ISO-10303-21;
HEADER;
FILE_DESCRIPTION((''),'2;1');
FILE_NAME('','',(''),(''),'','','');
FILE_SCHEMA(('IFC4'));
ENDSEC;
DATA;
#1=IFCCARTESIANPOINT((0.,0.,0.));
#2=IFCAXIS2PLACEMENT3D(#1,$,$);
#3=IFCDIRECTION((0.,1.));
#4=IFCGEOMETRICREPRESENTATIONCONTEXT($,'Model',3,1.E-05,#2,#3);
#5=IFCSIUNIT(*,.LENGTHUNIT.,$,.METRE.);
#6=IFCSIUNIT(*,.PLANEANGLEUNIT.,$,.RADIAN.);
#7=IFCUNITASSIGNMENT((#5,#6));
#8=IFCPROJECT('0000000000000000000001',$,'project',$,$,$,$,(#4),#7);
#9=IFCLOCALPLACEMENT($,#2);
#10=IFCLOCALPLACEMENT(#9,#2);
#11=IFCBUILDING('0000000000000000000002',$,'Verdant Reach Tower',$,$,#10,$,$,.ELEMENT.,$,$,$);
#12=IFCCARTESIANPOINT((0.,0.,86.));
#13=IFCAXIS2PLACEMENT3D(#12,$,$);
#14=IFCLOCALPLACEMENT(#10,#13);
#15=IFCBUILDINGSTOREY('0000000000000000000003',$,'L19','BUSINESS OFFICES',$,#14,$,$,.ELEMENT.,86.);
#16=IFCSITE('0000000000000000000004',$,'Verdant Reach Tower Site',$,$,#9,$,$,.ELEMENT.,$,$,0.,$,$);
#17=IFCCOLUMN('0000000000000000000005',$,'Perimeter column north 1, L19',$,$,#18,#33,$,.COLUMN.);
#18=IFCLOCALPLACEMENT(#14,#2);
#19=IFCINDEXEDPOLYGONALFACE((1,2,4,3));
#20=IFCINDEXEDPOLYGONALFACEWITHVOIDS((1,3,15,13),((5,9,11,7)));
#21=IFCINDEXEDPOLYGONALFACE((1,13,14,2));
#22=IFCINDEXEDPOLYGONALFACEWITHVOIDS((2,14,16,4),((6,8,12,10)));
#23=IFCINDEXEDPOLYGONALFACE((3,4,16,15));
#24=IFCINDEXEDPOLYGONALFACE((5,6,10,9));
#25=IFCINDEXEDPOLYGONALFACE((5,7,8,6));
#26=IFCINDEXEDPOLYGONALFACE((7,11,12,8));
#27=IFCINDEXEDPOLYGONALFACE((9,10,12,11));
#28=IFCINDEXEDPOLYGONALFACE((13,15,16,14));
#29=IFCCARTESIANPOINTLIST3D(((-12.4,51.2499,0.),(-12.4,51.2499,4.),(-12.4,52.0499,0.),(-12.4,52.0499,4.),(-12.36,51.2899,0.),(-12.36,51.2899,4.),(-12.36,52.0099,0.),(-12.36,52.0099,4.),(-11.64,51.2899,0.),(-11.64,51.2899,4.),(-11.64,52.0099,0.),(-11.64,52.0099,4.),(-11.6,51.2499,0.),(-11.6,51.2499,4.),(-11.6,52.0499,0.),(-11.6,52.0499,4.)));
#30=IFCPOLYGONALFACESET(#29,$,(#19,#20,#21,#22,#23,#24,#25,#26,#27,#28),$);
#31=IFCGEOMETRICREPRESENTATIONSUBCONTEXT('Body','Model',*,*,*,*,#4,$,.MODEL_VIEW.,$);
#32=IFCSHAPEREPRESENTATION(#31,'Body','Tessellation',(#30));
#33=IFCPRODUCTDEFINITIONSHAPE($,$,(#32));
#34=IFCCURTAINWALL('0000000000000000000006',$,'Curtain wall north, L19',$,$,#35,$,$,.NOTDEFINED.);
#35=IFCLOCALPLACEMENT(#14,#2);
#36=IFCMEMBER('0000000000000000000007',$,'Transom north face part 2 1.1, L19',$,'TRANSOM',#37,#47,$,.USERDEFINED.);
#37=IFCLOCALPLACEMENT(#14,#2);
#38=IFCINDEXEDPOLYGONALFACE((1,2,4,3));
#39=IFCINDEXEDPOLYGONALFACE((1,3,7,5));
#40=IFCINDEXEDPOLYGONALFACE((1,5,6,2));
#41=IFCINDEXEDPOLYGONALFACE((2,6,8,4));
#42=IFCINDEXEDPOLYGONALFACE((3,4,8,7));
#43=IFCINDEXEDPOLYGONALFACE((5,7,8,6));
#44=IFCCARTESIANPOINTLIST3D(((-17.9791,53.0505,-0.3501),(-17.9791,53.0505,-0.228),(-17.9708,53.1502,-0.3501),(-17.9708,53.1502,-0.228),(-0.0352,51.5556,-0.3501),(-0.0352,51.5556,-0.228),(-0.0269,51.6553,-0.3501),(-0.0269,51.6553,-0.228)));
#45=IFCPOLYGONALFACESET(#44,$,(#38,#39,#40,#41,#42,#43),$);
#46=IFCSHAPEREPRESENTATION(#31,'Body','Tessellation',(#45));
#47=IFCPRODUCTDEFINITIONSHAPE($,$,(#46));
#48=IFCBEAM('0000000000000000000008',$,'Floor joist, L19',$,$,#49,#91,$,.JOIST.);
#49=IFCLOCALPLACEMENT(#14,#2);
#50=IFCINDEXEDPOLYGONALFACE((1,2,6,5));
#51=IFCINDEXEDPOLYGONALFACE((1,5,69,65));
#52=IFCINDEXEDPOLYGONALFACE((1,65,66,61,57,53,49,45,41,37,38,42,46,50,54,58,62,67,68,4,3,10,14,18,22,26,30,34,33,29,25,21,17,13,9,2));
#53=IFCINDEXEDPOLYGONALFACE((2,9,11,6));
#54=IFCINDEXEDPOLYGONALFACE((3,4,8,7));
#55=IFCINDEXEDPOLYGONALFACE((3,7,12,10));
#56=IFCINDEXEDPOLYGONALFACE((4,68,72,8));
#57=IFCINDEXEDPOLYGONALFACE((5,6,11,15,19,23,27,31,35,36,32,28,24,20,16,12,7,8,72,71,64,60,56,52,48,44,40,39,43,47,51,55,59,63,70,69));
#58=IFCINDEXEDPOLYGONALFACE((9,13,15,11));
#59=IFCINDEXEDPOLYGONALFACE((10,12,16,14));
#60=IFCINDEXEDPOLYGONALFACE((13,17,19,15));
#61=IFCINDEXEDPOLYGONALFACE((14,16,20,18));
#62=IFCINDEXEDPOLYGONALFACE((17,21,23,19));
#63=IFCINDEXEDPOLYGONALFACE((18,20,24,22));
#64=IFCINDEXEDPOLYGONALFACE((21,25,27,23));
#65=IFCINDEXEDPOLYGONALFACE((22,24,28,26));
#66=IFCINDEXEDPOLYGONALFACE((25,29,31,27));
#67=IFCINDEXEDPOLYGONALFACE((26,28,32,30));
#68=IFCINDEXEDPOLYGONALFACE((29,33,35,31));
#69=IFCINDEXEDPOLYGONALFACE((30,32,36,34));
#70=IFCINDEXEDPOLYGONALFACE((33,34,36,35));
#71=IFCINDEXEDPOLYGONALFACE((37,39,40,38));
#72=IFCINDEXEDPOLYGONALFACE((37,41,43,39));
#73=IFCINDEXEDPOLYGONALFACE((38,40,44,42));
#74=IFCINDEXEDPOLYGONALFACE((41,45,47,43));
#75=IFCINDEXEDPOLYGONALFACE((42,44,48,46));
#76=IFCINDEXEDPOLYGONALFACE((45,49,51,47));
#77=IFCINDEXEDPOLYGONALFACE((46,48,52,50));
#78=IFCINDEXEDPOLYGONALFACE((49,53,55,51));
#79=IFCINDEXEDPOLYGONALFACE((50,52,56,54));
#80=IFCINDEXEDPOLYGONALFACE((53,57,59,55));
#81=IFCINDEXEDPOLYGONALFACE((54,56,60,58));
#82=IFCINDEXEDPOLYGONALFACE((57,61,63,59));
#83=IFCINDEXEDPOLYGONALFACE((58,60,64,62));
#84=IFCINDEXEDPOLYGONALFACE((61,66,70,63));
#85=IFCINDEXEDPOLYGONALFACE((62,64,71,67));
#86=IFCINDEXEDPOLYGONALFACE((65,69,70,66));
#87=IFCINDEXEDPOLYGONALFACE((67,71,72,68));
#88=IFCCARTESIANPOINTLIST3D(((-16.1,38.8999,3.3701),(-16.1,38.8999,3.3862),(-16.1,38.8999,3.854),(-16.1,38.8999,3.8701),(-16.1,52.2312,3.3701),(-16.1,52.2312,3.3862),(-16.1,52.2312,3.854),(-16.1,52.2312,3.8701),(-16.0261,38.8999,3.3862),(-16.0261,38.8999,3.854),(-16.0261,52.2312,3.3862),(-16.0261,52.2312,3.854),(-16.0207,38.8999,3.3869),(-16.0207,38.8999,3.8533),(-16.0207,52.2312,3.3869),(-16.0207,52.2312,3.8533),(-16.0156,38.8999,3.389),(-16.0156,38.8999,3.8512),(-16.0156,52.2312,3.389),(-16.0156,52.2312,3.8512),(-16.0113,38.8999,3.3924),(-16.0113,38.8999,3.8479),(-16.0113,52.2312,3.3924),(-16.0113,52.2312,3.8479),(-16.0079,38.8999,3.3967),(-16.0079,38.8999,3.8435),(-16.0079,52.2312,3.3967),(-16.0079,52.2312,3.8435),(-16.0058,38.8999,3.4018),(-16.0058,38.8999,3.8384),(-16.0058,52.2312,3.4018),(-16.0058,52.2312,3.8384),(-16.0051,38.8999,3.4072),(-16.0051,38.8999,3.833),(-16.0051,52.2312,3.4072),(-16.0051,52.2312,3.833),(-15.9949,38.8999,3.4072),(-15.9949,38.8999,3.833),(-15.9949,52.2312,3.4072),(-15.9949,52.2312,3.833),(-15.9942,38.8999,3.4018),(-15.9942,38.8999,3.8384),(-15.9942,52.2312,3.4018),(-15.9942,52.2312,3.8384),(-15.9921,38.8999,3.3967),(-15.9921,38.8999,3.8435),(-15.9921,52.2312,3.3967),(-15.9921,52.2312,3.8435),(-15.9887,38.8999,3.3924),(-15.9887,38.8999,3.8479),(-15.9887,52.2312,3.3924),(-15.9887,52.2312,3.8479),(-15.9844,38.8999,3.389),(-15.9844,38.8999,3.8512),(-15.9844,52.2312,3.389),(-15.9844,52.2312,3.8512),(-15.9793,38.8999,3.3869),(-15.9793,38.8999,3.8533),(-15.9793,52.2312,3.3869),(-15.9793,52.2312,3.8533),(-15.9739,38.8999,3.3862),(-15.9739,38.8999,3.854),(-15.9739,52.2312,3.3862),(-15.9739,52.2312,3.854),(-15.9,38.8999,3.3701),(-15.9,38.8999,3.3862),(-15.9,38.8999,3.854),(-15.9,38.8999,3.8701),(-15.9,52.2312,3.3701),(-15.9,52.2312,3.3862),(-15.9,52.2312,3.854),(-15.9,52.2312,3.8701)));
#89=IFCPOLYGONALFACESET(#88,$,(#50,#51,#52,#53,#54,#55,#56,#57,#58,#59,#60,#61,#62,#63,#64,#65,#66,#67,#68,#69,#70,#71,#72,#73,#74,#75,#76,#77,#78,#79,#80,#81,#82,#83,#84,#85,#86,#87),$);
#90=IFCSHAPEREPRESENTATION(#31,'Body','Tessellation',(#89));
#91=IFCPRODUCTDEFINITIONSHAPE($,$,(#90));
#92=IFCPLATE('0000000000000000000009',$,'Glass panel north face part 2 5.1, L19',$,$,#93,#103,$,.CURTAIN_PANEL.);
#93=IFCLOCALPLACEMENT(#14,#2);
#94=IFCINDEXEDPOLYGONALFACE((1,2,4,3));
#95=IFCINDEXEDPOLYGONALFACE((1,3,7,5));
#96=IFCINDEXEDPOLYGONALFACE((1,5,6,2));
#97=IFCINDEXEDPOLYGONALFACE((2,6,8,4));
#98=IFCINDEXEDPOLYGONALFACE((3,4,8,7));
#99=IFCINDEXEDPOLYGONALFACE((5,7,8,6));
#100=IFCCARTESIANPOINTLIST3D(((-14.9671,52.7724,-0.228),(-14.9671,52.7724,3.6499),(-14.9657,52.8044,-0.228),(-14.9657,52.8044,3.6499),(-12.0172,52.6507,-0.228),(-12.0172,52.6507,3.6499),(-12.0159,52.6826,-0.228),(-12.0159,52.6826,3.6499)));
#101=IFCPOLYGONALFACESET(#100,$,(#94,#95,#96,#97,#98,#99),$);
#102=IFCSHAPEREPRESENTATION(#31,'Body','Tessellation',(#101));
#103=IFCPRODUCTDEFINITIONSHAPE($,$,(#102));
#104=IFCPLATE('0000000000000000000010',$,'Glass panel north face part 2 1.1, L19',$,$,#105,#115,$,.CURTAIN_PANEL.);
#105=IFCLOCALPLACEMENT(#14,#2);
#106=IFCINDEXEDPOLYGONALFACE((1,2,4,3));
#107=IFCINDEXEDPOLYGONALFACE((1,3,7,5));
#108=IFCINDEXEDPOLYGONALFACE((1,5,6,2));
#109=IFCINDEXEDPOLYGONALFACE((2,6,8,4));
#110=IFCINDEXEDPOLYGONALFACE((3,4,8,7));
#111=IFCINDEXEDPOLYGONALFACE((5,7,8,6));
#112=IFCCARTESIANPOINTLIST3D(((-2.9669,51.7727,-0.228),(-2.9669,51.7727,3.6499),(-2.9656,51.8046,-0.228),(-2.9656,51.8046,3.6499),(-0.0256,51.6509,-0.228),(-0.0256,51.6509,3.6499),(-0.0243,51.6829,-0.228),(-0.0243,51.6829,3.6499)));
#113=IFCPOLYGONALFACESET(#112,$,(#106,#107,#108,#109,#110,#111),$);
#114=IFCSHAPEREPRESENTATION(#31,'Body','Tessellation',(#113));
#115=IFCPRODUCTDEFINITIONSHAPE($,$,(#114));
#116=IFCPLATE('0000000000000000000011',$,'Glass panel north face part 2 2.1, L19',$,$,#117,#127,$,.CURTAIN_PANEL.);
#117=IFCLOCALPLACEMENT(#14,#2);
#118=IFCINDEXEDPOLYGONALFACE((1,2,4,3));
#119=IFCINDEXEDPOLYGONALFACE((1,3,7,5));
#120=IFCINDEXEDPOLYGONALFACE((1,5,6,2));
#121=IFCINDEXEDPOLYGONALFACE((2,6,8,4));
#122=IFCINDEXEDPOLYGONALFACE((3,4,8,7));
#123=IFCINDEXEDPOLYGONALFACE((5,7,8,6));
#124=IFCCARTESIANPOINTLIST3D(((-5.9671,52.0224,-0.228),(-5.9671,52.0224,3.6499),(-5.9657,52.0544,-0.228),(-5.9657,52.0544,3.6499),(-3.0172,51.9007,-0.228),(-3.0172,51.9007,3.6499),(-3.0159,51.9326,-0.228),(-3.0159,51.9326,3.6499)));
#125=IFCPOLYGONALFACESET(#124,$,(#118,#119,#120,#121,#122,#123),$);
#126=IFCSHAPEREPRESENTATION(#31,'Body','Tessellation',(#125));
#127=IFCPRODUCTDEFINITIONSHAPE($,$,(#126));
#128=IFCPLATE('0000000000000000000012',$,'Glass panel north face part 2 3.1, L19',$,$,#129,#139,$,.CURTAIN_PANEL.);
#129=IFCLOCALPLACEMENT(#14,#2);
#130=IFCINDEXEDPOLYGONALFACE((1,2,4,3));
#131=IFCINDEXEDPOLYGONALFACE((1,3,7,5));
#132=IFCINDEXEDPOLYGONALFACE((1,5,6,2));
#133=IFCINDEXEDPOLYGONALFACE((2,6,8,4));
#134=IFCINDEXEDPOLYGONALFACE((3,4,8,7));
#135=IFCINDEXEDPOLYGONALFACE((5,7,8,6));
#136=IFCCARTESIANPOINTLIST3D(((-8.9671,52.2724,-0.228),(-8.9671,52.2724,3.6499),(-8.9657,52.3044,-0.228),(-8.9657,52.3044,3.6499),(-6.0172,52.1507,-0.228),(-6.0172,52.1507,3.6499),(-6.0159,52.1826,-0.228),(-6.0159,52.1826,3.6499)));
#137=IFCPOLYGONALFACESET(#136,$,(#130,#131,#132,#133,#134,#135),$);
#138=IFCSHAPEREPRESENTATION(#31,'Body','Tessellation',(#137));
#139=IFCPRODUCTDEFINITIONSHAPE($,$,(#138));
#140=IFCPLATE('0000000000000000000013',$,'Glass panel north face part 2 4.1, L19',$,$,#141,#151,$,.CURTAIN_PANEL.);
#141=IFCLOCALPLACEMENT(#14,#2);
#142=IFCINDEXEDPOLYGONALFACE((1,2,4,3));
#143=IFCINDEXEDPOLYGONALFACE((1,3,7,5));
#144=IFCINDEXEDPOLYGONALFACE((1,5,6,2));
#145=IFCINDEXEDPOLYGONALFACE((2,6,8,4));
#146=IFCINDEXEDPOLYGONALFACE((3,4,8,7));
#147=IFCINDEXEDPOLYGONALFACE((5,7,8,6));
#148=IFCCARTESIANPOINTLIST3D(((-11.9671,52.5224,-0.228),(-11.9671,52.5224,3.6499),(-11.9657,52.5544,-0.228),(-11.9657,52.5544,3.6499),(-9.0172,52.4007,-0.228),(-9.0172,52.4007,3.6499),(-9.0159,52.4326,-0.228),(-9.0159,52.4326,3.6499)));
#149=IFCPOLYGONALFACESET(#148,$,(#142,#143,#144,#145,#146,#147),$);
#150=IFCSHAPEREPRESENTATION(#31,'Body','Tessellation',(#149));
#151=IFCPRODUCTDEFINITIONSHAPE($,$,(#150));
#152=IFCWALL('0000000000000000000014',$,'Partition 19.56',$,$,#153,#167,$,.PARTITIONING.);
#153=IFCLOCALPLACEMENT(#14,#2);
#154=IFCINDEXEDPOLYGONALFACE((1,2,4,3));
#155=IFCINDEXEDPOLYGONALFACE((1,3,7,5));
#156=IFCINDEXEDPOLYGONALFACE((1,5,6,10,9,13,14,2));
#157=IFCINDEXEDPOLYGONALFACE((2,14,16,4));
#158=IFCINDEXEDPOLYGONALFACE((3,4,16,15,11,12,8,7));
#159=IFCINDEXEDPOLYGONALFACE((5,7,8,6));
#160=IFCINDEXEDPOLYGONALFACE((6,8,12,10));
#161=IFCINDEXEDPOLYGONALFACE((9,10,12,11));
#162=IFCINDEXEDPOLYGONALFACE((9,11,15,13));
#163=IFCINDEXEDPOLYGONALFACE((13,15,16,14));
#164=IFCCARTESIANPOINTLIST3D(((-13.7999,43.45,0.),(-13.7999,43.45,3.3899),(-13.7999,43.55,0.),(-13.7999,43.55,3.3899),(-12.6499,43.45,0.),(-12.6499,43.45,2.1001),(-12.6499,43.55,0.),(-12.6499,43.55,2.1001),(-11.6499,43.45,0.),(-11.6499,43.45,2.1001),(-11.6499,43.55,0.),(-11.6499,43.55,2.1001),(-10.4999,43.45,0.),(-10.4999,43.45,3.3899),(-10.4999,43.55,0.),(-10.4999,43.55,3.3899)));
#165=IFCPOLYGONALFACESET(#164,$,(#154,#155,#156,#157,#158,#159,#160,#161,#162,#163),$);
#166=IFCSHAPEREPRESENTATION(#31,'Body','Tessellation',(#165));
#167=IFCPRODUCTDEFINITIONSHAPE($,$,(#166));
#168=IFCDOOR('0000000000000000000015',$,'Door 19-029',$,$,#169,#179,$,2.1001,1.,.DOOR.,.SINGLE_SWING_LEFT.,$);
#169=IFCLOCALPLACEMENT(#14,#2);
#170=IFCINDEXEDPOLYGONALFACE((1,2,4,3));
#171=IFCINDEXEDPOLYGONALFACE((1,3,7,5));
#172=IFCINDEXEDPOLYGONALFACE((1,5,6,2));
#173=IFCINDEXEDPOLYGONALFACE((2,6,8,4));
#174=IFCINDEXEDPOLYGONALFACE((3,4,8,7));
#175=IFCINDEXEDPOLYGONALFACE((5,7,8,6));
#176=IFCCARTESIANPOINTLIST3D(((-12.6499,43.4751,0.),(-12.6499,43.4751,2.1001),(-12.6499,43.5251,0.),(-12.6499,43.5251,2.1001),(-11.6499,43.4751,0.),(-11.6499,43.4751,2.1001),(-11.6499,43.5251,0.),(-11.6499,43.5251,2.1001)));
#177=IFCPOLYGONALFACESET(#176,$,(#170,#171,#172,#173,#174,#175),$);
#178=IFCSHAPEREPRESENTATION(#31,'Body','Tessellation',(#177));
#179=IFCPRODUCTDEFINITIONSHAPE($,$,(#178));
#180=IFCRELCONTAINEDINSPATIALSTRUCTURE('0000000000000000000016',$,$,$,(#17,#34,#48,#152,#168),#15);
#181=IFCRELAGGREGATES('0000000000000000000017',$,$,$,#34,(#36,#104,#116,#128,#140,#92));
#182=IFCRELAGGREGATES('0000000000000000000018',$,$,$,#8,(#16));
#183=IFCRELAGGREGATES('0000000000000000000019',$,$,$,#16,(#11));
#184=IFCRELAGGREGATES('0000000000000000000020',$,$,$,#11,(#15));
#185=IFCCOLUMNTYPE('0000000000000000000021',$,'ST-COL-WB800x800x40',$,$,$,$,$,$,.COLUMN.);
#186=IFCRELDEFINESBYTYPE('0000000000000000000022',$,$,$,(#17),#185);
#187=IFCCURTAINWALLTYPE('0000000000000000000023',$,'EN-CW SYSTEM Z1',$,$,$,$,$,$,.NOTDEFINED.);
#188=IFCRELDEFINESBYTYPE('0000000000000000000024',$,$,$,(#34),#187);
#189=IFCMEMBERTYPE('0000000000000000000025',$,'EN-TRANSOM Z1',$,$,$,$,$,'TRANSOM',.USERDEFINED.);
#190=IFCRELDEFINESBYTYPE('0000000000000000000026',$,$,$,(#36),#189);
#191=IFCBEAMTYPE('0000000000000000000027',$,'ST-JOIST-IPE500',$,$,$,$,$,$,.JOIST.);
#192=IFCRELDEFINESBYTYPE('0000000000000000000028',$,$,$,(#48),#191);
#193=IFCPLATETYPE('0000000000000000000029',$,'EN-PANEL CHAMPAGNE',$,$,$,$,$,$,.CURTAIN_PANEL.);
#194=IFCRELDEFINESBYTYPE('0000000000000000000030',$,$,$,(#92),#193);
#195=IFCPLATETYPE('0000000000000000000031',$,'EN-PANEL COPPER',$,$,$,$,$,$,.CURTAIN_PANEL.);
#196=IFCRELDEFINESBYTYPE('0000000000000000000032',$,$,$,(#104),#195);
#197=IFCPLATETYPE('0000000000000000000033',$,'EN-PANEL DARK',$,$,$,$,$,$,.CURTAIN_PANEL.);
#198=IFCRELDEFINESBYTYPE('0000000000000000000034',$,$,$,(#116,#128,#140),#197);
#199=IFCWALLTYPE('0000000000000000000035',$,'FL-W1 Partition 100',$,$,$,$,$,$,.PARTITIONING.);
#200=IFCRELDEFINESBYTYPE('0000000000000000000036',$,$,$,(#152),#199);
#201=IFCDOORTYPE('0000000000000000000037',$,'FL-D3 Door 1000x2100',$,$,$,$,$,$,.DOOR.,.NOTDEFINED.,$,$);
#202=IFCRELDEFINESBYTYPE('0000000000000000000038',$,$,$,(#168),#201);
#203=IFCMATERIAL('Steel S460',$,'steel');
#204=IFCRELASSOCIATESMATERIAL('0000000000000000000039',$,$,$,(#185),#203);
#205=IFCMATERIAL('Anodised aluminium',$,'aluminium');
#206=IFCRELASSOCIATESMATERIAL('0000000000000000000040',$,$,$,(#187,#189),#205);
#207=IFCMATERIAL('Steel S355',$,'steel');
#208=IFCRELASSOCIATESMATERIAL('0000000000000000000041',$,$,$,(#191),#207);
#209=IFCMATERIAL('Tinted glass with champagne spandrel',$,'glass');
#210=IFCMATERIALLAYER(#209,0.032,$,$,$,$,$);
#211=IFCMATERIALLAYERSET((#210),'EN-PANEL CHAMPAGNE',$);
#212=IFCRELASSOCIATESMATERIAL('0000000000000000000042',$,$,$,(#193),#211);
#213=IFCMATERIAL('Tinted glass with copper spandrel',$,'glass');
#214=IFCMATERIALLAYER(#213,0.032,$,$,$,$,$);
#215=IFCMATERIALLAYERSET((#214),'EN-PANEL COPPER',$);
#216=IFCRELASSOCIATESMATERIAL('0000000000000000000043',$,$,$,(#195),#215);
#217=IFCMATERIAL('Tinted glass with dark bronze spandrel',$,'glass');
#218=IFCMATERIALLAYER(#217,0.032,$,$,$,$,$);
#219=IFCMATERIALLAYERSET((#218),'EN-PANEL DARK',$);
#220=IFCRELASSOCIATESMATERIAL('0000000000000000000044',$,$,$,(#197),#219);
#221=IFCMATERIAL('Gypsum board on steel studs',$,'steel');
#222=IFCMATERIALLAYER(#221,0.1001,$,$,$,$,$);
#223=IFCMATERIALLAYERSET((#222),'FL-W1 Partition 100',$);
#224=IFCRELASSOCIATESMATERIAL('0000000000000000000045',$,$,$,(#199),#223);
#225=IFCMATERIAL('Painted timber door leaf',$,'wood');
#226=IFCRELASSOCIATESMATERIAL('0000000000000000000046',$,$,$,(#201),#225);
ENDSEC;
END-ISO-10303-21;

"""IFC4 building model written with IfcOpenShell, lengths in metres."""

from ifc_helpers import new_model, si_unit, direction, frame, frame_2d, origin, origin_2d, place, context, subcontext, project, spatial, rectangle, hollow_rectangle, i_section, extrude, material, layer, layer_set, material_profile, profile_set, type_object, element, fill, aggregate, save


model = new_model("IFC4")

# Units and contexts
model_context = context("Model", 3, precision=1e-05, world=origin(), true_north=direction((0.0, 1.0)))
body_context = subcontext(model_context, "Body", "Model", "MODEL_VIEW")
ifc_project = project(units=[si_unit("LENGTHUNIT", "METRE"), si_unit("PLANEANGLEUNIT", "RADIAN")], contexts=[model_context])

# Site, building, storey
site_placement = place(None, origin())
site = spatial("IfcSite", under=ifc_project, at=site_placement, Name="Verdant Reach Tower Site", CompositionType="ELEMENT", RefElevation=0.0)
building_placement = place(site_placement, origin())
building = spatial("IfcBuilding", under=site, at=building_placement, Name="Verdant Reach Tower", CompositionType="ELEMENT")
storey_placement = place(building_placement, frame((0.0, 0.0, 86.0)))
storey = spatial("IfcBuildingStorey", under=building, at=storey_placement, Name="L19", Description="BUSINESS OFFICES", CompositionType="ELEMENT", Elevation=86.0)

# Column
ifc_material_1 = material(Name="Steel S460", Category="steel")
ifc_material_profile_1 = material_profile(ifc_material_1, hollow_rectangle(XDim=0.8, YDim=0.8, WallThickness=0.04, at=origin_2d()), Name="WB 800x800x40")
ifc_profile_set_1 = profile_set([ifc_material_profile_1], Name="Steel S460")
column_type = type_object("IfcColumnType", Name="ST-COL-WB800x800x40", PredefinedType="COLUMN", material=ifc_profile_set_1)
column_placement = place(storey_placement, frame((-12.0, 51.6499, 0.0), z_axis=(0.0, 0.0, 1.0), x_axis=(1.0, 0.0, 0.0)))
element("IfcColumn", 1, at=column_placement, inside=storey, type_object=column_type, Name="Perimeter column north 1, L19", PredefinedType="COLUMN", context=body_context, shape_type="SweptSolid", body=[
    extrude(hollow_rectangle(XDim=0.8, YDim=0.8, WallThickness=0.04, at=origin_2d()), origin(), (0.0, 0.0, 1.0), 4.0),
])

# Curtain wall, member
ifc_material_2 = material(Name="Anodised aluminium", Category="aluminium")
curtain_wall_type = type_object("IfcCurtainWallType", Name="EN-CW SYSTEM Z1", PredefinedType="NOTDEFINED", material=ifc_material_2)
curtain_wall_placement = place(storey_placement, origin())
curtain_wall = element("IfcCurtainWall", 2, at=curtain_wall_placement, inside=storey, type_object=curtain_wall_type, Name="Curtain wall north, L19", PredefinedType="NOTDEFINED")
ifc_material_profile_2 = material_profile(ifc_material_2, rectangle(XDim=0.1001, YDim=0.1221, at=origin_2d()), Name="Transom 122x100")
ifc_profile_set_2 = profile_set([ifc_material_profile_2], Name="Anodised aluminium")
member_type = type_object("IfcMemberType", Name="EN-TRANSOM Z1", ElementType="TRANSOM", PredefinedType="USERDEFINED", material=ifc_profile_set_2)
member_placement = place(storey_placement, frame((-0.031, 51.6055, -0.2891), z_axis=(-0.996548, 0.083021, 0.0), x_axis=(-0.083021, -0.996548, 0.0)))
member = element("IfcMember", 3, at=member_placement, type_object=member_type, Name="Transom north face part 2 1.1, L19", ObjectType="TRANSOM", PredefinedType="USERDEFINED", context=body_context, shape_type="SweptSolid", body=[
    extrude(rectangle(XDim=0.1001, YDim=0.1221, at=origin_2d()), origin(), (0.0, 0.0, 1.0), 18.0061),
])

# Beam
ifc_material_3 = material(Name="Steel S355", Category="steel")
ifc_material_profile_3 = material_profile(ifc_material_3, i_section(OverallWidth=0.2, OverallDepth=0.5, WebThickness=0.0103, FlangeThickness=0.0161, FilletRadius=0.021, at=origin_2d()), Name="IPE 500")
ifc_profile_set_3 = profile_set([ifc_material_profile_3], Name="Steel S355")
beam_type = type_object("IfcBeamType", Name="ST-JOIST-IPE500", PredefinedType="JOIST", material=ifc_profile_set_3)
beam_placement = place(storey_placement, frame((-16.0, 38.8999, 3.6201), z_axis=(0.0, 1.0, 0.0), x_axis=(-1.0, 0.0, 0.0)))
element("IfcBeam", 4, at=beam_placement, inside=storey, type_object=beam_type, Name="Floor joist, L19", PredefinedType="JOIST", context=body_context, shape_type="SweptSolid", body=[
    extrude(i_section(OverallWidth=0.2, OverallDepth=0.5, WebThickness=0.0103, FlangeThickness=0.0161, FilletRadius=0.021, at=origin_2d()), origin(), (0.0, 0.0, 1.0), 13.3313),
])

# Plates
ifc_material_4 = material(Name="Tinted glass with champagne spandrel", Category="glass")
ifc_layer_1 = layer(ifc_material_4, 0.032)
ifc_layer_set_1 = layer_set([ifc_layer_1], Name="EN-PANEL CHAMPAGNE")
plate_type_1 = type_object("IfcPlateType", Name="EN-PANEL CHAMPAGNE", PredefinedType="CURTAIN_PANEL", material=ifc_layer_set_1)
plate_1_placement = place(storey_placement, frame((-13.4915, 52.7275, -0.228), z_axis=(0.0, 0.0, 1.0), x_axis=(-0.999149, 0.041242, 0.0)))
plate_1 = element("IfcPlate", 5, at=plate_1_placement, type_object=plate_type_1, Name="Glass panel north face part 2 5.1, L19", PredefinedType="CURTAIN_PANEL", context=body_context, shape_type="SweptSolid", body=[
    extrude(rectangle(XDim=2.9524, YDim=0.032, at=origin_2d()), origin(), (0.0, 0.0, 1.0), 3.8779),
])
ifc_material_5 = material(Name="Tinted glass with copper spandrel", Category="glass")
ifc_layer_2 = layer(ifc_material_5, 0.032)
ifc_layer_set_2 = layer_set([ifc_layer_2], Name="EN-PANEL COPPER")
plate_type_2 = type_object("IfcPlateType", Name="EN-PANEL COPPER", PredefinedType="CURTAIN_PANEL", material=ifc_layer_set_2)
plate_2_placement = place(storey_placement, frame((-1.4956, 51.7278, -0.228), z_axis=(0.0, 0.0, 1.0), x_axis=(-0.999144, 0.04136, 0.0)))
plate_2 = element("IfcPlate", 6, at=plate_2_placement, type_object=plate_type_2, Name="Glass panel north face part 2 1.1, L19", PredefinedType="CURTAIN_PANEL", context=body_context, shape_type="SweptSolid", body=[
    extrude(rectangle(XDim=2.9438, YDim=0.032, at=origin_2d()), origin(), (0.0, 0.0, 1.0), 3.8779),
])
ifc_material_6 = material(Name="Tinted glass with dark bronze spandrel", Category="glass")
ifc_layer_3 = layer(ifc_material_6, 0.032)
ifc_layer_set_3 = layer_set([ifc_layer_3], Name="EN-PANEL DARK")
plate_type_3 = type_object("IfcPlateType", Name="EN-PANEL DARK", PredefinedType="CURTAIN_PANEL", material=ifc_layer_set_3)
plate_3_placement = place(storey_placement, frame((-4.4915, 51.9775, -0.228), z_axis=(0.0, 0.0, 1.0), x_axis=(-0.999149, 0.041242, 0.0)))
plate_3 = element("IfcPlate", 7, at=plate_3_placement, type_object=plate_type_3, Name="Glass panel north face part 2 2.1, L19", PredefinedType="CURTAIN_PANEL", context=body_context, shape_type="SweptSolid", body=[
    extrude(rectangle(XDim=2.9524, YDim=0.032, at=origin_2d()), origin(), (0.0, 0.0, 1.0), 3.8779),
])
plate_4_placement = place(storey_placement, frame((-7.4915, 52.2275, -0.228), z_axis=(0.0, 0.0, 1.0), x_axis=(-0.999149, 0.041242, 0.0)))
plate_4 = element("IfcPlate", 8, at=plate_4_placement, type_object=plate_type_3, Name="Glass panel north face part 2 3.1, L19", PredefinedType="CURTAIN_PANEL", context=body_context, shape_type="SweptSolid", body=[
    extrude(rectangle(XDim=2.9524, YDim=0.032, at=origin_2d()), origin(), (0.0, 0.0, 1.0), 3.8779),
])
plate_5_placement = place(storey_placement, frame((-10.4915, 52.4775, -0.228), z_axis=(0.0, 0.0, 1.0), x_axis=(-0.999149, 0.041242, 0.0)))
plate_5 = element("IfcPlate", 9, at=plate_5_placement, type_object=plate_type_3, Name="Glass panel north face part 2 4.1, L19", PredefinedType="CURTAIN_PANEL", context=body_context, shape_type="SweptSolid", body=[
    extrude(rectangle(XDim=2.9524, YDim=0.032, at=origin_2d()), origin(), (0.0, 0.0, 1.0), 3.8779),
])
aggregate(curtain_wall, [member, plate_2, plate_3, plate_4, plate_5, plate_1])

# Wall, opening, door
ifc_material_7 = material(Name="Gypsum board on steel studs", Category="steel")
ifc_layer_4 = layer(ifc_material_7, 0.1001)
ifc_layer_set_4 = layer_set([ifc_layer_4], Name="FL-W1 Partition 100")
wall_type_1 = type_object("IfcWallType", Name="FL-W1 Partition 100", PredefinedType="PARTITIONING", material=ifc_layer_set_4)
wall_1_placement = place(storey_placement, frame((-10.5, 43.5, 0.0), z_axis=(0.0, 0.0, 1.0), x_axis=(-1.0, 0.0, 0.0)))
wall_1 = element("IfcWall", 10, at=wall_1_placement, inside=storey, type_object=wall_type_1, Name="Partition 19.56", PredefinedType="PARTITIONING", context=body_context, shape_type="SweptSolid", body=[
    extrude(rectangle(XDim=3.3, YDim=0.1001, at=frame_2d((1.6499, 0.0))), origin(), (0.0, 0.0, 1.0), 3.3899),
])
opening_1_placement = place(wall_1_placement, frame((1.1499, 0.0, 0.0)))
opening_1 = element("IfcOpeningElement", 11, at=opening_1_placement, cuts=wall_1, PredefinedType="OPENING", context=body_context, shape_type="SweptSolid", body=[
    extrude(rectangle(XDim=1.0, YDim=2.1001, at=frame_2d((0.5, 1.05))), frame((0.0, 0.0601, 0.0), z_axis=(0.0, -1.0, 0.0), x_axis=(1.0, 0.0, 0.0)), (0.0, 0.0, 1.0), 0.1201),
])
ifc_material_8 = material(Name="Painted timber door leaf", Category="wood")
door_type_1 = type_object("IfcDoorType", Name="FL-D3 Door 1000x2100", OperationType="NOTDEFINED", PredefinedType="DOOR", material=ifc_material_8)
door_1_placement = place(opening_1_placement, origin())
door_1 = element("IfcDoor", 12, at=door_1_placement, inside=storey, type_object=door_type_1, Name="Door 19-029", OperationType="SINGLE_SWING_LEFT", OverallHeight=2.1001, OverallWidth=1.0, PredefinedType="DOOR", context=body_context, shape_type="SweptSolid", body=[
    extrude(rectangle(XDim=1.0, YDim=2.1001, at=frame_2d((0.5, 1.05))), frame((0.0, 0.0249, 0.0), z_axis=(0.0, -1.0, 0.0), x_axis=(1.0, 0.0, 0.0)), (0.0, 0.0, 1.0), 0.05),
])
fill(opening_1, door_1)

save(model, "model.ifc")
